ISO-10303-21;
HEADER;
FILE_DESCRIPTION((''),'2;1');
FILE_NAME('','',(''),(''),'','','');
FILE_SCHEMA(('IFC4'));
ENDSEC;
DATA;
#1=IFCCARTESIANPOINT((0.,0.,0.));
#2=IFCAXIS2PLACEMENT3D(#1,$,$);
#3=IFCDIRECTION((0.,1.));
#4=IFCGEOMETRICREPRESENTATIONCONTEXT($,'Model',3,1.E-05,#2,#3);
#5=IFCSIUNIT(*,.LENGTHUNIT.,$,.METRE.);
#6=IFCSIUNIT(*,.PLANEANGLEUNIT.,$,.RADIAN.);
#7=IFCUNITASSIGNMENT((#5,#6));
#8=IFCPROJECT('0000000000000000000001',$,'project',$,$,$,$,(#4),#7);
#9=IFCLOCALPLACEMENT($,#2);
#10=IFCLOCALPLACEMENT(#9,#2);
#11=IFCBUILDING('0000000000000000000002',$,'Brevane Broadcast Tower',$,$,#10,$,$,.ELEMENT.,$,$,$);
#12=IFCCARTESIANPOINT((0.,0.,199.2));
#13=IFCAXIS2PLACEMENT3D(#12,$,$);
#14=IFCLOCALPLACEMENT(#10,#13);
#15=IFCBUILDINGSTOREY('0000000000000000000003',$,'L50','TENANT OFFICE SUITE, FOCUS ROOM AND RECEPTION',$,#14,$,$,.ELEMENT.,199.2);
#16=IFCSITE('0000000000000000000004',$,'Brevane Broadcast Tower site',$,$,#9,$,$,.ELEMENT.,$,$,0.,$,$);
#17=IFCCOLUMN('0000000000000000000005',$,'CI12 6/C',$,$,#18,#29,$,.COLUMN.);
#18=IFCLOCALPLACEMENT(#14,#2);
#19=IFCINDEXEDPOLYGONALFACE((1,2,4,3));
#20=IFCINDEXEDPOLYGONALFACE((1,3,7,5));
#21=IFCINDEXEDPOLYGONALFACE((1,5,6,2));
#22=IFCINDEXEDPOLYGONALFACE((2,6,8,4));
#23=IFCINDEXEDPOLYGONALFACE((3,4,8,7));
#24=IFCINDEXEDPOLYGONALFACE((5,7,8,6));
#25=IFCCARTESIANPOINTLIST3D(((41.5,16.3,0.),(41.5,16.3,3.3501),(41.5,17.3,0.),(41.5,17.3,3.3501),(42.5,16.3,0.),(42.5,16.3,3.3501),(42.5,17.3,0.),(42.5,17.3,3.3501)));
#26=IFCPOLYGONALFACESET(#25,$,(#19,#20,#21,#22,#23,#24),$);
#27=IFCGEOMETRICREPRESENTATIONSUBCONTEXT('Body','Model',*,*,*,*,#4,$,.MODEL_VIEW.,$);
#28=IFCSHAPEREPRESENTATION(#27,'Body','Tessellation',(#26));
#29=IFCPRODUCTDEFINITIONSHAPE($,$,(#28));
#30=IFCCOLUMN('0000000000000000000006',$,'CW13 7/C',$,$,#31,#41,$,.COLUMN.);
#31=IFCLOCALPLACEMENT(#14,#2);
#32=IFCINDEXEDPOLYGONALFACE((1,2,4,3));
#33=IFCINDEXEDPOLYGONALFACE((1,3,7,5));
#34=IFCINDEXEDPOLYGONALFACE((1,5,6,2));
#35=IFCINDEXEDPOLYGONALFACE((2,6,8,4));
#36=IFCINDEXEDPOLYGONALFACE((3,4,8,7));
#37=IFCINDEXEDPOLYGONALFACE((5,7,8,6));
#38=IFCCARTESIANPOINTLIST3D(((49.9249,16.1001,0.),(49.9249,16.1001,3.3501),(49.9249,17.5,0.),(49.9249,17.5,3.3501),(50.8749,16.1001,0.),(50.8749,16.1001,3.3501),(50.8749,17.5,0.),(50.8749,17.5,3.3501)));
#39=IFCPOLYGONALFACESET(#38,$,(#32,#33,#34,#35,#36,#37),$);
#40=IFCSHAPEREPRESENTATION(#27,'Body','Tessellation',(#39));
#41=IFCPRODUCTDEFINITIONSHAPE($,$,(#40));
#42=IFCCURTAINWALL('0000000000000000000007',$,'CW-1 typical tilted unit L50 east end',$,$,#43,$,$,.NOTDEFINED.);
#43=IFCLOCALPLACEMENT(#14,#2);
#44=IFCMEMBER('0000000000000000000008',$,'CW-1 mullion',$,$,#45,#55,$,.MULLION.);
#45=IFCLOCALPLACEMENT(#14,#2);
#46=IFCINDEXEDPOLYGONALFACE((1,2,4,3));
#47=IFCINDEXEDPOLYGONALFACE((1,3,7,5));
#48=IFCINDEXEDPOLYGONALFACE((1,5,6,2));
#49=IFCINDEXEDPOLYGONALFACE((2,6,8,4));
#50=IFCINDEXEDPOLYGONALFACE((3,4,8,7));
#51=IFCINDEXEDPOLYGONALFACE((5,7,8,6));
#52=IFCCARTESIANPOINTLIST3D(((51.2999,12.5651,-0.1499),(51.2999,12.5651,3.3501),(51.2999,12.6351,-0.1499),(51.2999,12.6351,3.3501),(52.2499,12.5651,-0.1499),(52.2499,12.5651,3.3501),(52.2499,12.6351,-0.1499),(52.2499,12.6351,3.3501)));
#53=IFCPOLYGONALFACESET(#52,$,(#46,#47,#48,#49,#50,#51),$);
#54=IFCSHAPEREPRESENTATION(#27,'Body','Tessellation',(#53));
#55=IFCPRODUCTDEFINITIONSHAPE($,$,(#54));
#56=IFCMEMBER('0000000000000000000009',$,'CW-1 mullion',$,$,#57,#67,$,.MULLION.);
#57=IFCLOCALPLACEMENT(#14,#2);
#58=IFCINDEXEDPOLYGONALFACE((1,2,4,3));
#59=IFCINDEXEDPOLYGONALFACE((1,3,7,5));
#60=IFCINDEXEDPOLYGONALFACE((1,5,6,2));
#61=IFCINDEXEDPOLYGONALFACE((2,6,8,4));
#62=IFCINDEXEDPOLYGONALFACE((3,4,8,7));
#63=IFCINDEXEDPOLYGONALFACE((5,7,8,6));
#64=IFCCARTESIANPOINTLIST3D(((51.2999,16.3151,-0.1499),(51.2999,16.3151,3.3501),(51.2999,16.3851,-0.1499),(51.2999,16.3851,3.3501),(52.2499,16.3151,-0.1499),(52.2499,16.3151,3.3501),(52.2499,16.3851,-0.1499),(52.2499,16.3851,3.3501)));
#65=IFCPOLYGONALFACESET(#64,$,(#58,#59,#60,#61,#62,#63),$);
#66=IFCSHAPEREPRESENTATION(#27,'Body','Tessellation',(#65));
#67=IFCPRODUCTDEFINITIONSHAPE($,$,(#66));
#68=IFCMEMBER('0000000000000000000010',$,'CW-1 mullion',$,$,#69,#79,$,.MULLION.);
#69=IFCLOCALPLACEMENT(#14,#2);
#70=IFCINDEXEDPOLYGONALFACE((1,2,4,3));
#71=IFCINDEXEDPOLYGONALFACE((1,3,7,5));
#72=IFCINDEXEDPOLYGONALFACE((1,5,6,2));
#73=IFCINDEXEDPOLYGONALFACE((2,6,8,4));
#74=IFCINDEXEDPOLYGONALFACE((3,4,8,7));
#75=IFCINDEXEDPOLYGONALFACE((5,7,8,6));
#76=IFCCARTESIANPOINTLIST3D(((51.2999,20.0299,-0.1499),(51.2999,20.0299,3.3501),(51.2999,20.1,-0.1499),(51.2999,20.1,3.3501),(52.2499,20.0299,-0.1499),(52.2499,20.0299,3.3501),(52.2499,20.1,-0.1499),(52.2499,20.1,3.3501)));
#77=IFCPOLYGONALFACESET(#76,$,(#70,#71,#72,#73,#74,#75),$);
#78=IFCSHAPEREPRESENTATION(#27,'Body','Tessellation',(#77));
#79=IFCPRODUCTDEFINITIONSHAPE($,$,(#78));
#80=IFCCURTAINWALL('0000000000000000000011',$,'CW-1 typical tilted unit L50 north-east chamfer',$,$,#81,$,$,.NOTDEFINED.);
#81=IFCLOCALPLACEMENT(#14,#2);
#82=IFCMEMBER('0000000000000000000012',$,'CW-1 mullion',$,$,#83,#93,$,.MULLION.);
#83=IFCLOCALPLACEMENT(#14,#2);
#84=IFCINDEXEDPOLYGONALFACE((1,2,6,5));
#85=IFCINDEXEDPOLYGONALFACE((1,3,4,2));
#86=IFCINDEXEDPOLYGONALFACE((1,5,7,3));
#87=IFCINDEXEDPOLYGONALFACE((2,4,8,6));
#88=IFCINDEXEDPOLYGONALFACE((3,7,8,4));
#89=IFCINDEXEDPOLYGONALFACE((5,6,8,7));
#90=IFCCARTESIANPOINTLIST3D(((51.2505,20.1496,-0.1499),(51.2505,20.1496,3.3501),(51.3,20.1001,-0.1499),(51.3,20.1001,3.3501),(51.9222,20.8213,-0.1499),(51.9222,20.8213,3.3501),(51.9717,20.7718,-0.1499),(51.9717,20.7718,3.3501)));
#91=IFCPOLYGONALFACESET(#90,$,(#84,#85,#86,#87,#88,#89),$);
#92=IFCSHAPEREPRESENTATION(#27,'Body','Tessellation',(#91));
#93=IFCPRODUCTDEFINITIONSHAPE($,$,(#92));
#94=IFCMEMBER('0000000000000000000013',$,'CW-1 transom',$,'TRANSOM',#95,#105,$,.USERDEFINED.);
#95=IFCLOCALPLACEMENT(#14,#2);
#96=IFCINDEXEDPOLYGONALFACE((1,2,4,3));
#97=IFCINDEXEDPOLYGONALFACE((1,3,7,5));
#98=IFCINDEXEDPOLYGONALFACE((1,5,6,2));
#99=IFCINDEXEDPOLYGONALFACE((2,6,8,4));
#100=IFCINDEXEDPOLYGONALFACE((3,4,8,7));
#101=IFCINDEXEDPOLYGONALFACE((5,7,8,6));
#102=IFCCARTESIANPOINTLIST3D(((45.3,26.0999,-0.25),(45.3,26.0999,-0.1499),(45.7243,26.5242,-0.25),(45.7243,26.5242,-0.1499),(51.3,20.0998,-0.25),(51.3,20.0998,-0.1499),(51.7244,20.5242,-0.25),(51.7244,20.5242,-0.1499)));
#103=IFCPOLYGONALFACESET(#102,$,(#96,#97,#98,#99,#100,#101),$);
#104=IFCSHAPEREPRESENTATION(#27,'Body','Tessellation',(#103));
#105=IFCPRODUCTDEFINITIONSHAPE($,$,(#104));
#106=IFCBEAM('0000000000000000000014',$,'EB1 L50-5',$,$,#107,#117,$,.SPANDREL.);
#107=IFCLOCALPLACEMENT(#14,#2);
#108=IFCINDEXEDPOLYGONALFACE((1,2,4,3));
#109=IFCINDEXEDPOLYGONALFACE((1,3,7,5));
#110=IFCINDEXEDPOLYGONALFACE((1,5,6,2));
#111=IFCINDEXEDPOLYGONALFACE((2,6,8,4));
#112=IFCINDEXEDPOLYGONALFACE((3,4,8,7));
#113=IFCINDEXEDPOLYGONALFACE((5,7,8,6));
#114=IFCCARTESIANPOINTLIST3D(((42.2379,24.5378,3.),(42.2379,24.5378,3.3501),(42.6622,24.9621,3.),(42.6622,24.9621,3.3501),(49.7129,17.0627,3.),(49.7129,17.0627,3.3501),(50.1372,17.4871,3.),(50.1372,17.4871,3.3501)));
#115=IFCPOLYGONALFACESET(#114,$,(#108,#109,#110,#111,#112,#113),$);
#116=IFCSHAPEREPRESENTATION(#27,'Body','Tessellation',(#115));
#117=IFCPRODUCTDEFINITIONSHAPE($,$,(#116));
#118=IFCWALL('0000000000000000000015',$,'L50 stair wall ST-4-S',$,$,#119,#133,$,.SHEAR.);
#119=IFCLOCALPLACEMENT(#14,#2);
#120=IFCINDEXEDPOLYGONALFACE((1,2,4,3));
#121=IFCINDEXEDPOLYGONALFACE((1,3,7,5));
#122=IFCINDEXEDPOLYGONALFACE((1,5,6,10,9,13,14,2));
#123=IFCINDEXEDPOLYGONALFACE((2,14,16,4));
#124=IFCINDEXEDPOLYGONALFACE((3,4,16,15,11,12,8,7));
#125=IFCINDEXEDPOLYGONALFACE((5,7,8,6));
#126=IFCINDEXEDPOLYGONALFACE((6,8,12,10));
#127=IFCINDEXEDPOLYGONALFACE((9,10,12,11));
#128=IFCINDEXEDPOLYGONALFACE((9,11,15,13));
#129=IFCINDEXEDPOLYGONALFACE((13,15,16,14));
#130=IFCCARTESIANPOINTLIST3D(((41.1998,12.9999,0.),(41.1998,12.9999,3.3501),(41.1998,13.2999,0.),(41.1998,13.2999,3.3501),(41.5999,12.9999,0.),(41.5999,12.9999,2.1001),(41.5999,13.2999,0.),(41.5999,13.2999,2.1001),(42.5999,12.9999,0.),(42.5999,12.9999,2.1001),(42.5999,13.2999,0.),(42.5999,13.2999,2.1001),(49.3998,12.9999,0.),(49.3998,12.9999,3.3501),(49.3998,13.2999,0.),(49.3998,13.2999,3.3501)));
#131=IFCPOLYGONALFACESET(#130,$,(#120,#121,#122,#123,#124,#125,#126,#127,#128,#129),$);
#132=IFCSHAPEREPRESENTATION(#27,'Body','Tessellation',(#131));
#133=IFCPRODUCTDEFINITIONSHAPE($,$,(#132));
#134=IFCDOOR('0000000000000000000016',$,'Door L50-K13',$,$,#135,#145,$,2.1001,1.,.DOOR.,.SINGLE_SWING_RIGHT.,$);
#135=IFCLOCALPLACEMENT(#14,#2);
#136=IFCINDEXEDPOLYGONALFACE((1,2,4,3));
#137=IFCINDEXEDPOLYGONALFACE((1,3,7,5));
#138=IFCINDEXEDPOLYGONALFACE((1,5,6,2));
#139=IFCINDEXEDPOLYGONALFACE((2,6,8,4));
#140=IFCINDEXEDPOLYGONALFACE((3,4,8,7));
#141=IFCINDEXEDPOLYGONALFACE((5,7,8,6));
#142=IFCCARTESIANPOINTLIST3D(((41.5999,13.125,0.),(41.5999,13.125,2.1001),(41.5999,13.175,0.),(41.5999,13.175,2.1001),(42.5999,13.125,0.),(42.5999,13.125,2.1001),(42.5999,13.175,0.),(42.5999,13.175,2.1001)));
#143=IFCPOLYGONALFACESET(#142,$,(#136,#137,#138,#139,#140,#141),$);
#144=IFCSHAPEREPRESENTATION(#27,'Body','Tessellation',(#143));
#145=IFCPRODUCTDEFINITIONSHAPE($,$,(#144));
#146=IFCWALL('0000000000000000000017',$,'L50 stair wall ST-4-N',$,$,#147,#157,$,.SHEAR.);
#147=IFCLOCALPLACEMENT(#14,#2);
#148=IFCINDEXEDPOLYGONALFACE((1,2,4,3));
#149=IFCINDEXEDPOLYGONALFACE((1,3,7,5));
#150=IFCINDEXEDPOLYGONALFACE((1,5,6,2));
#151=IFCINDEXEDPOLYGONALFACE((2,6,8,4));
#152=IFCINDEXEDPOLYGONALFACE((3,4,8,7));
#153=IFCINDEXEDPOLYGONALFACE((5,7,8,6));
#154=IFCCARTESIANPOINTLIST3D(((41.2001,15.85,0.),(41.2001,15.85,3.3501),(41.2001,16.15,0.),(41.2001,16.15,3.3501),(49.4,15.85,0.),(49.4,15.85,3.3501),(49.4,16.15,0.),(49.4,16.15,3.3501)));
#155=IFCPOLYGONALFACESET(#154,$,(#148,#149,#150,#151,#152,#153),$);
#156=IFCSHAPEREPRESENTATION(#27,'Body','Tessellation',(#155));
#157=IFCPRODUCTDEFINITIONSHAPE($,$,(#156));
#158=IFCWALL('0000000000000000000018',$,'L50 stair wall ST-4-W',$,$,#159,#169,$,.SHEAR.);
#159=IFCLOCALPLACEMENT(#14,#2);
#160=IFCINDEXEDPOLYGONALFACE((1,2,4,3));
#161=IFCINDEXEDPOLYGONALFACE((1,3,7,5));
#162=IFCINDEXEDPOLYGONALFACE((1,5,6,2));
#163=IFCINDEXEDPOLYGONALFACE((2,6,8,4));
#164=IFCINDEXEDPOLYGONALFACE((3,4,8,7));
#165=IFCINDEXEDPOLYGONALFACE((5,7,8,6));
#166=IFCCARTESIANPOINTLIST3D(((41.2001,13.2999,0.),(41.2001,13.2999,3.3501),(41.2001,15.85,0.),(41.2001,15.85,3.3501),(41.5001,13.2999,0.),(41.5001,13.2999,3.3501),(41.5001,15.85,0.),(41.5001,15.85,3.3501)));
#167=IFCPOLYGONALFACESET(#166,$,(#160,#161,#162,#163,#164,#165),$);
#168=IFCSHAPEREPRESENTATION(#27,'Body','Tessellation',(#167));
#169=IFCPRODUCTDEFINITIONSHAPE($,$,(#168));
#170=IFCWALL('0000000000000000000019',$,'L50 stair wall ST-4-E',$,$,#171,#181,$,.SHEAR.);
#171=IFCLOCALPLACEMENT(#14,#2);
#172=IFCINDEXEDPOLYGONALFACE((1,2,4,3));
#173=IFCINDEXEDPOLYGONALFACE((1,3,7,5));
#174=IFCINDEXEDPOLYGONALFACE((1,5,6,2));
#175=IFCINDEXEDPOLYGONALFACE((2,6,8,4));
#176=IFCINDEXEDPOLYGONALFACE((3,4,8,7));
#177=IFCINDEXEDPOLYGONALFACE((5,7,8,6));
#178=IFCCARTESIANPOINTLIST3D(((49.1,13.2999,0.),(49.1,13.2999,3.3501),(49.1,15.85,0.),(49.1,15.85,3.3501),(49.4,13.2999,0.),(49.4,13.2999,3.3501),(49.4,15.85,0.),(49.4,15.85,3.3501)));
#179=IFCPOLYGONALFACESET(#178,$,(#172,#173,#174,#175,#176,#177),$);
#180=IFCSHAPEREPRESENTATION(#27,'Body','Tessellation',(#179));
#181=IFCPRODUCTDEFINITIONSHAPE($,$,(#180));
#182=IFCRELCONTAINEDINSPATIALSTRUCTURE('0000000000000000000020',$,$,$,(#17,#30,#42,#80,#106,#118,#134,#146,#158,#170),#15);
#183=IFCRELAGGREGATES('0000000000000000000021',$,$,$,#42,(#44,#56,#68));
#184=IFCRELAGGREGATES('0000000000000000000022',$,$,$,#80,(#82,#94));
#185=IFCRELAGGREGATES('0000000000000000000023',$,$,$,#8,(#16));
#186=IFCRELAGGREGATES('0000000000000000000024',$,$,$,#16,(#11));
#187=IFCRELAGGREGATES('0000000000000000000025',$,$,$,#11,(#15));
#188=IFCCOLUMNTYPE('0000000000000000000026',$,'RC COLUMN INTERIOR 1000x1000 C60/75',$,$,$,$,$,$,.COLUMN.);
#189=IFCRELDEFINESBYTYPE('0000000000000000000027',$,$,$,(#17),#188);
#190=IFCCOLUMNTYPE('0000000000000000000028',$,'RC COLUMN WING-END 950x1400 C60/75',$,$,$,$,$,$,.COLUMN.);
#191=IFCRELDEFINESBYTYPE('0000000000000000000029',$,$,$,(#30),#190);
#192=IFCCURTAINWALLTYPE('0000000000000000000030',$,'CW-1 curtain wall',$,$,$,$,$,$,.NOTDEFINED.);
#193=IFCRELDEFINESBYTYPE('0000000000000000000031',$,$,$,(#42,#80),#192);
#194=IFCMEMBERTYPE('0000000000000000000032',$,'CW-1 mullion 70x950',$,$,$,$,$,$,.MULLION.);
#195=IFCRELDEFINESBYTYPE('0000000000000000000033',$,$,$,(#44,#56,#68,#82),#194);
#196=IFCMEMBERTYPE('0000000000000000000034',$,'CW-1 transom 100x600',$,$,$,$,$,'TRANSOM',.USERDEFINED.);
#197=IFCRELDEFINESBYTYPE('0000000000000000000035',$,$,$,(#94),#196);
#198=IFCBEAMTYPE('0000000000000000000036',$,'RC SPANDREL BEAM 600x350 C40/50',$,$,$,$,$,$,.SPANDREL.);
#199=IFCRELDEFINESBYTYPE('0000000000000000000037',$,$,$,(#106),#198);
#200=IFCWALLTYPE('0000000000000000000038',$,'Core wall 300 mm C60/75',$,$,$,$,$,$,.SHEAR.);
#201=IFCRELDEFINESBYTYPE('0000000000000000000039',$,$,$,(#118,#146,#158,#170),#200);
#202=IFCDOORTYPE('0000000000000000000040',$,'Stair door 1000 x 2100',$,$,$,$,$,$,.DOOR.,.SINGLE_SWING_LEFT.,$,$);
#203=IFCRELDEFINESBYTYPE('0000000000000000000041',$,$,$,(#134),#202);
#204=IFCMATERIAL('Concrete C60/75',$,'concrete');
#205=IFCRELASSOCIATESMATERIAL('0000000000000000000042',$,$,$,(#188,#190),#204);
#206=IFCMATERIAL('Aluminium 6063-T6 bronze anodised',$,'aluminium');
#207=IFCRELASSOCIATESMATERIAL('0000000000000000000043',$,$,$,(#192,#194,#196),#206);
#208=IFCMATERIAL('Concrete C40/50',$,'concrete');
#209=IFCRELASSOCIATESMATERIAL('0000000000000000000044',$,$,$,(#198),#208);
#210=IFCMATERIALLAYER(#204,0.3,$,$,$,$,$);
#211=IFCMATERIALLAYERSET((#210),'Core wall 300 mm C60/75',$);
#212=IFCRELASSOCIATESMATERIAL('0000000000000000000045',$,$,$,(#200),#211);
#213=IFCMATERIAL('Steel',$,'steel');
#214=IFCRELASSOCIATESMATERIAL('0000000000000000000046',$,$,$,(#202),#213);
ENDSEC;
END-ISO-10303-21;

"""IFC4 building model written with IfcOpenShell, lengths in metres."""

from ifc_helpers import new_model, si_unit, direction, frame, frame_2d, origin, origin_2d, place, context, subcontext, project, spatial, rectangle, extrude, material, layer, layer_set, material_profile, profile_set, type_object, element, fill, aggregate, save


model = new_model("IFC4")

# Units and contexts
model_context = context("Model", 3, precision=1e-05, world=origin(), true_north=direction((0.0, 1.0)))
body_context = subcontext(model_context, "Body", "Model", "MODEL_VIEW")
ifc_project = project(units=[si_unit("LENGTHUNIT", "METRE"), si_unit("PLANEANGLEUNIT", "RADIAN")], contexts=[model_context])

# Site, building, storey
site_placement = place(None, origin())
site = spatial("IfcSite", under=ifc_project, at=site_placement, Name="Brevane Broadcast Tower site", CompositionType="ELEMENT", RefElevation=0.0)
building_placement = place(site_placement, origin())
building = spatial("IfcBuilding", under=site, at=building_placement, Name="Brevane Broadcast Tower", CompositionType="ELEMENT")
storey_placement = place(building_placement, frame((0.0, 0.0, 199.2)))
storey = spatial("IfcBuildingStorey", under=building, at=storey_placement, Name="L50", Description="TENANT OFFICE SUITE, FOCUS ROOM AND RECEPTION", CompositionType="ELEMENT", Elevation=199.2)

# Columns
ifc_material_1 = material(Name="Concrete C60/75", Category="concrete")
ifc_material_profile_1 = material_profile(ifc_material_1, rectangle(XDim=1.0, YDim=1.0, at=origin_2d()), Name="RC 1000x1000")
ifc_profile_set_1 = profile_set([ifc_material_profile_1], Name="Concrete C60/75")
column_type_1 = type_object("IfcColumnType", Name="RC COLUMN INTERIOR 1000x1000 C60/75", PredefinedType="COLUMN", material=ifc_profile_set_1)
column_1_placement = place(storey_placement, frame((42.0, 16.8, 0.0), z_axis=(0.0, 0.0, 1.0), x_axis=(1.0, 0.0, 0.0)))
element("IfcColumn", 1, at=column_1_placement, inside=storey, type_object=column_type_1, Name="CI12 6/C", PredefinedType="COLUMN", context=body_context, shape_type="SweptSolid", body=[
    extrude(rectangle(XDim=1.0, YDim=1.0, at=origin_2d()), origin(), (0.0, 0.0, 1.0), 3.3501),
])
ifc_material_profile_2 = material_profile(ifc_material_1, rectangle(XDim=0.95, YDim=1.3999, at=origin_2d()), Name="RC 950x1400")
ifc_profile_set_2 = profile_set([ifc_material_profile_2], Name="Concrete C60/75")
column_type_2 = type_object("IfcColumnType", Name="RC COLUMN WING-END 950x1400 C60/75", PredefinedType="COLUMN", material=ifc_profile_set_2)
column_2_placement = place(storey_placement, frame((50.3999, 16.8, 0.0), z_axis=(0.0, 0.0, 1.0), x_axis=(1.0, 0.0, 0.0)))
element("IfcColumn", 2, at=column_2_placement, inside=storey, type_object=column_type_2, Name="CW13 7/C", PredefinedType="COLUMN", context=body_context, shape_type="SweptSolid", body=[
    extrude(rectangle(XDim=0.95, YDim=1.3999, at=origin_2d()), origin(), (0.0, 0.0, 1.0), 3.3501),
])

# Curtain walls, members
ifc_material_2 = material(Name="Aluminium 6063-T6 bronze anodised", Category="aluminium")
curtain_wall_type = type_object("IfcCurtainWallType", Name="CW-1 curtain wall", PredefinedType="NOTDEFINED", material=ifc_material_2)
curtain_wall_1_placement = place(storey_placement, origin())
curtain_wall_1 = element("IfcCurtainWall", 3, at=curtain_wall_1_placement, inside=storey, type_object=curtain_wall_type, Name="CW-1 typical tilted unit L50 east end", PredefinedType="NOTDEFINED")
ifc_material_profile_3 = material_profile(ifc_material_2, rectangle(XDim=0.95, YDim=0.0701, at=origin_2d()), Name="RECT 70x950")
ifc_profile_set_3 = profile_set([ifc_material_profile_3], Name="Aluminium 6063-T6 bronze anodised")
member_type_1 = type_object("IfcMemberType", Name="CW-1 mullion 70x950", PredefinedType="MULLION", material=ifc_profile_set_3)
member_1_placement = place(storey_placement, frame((51.7749, 12.6001, -0.1499), z_axis=(0.0, 0.0, 1.0), x_axis=(-1.0, 0.0, 0.0)))
member_1 = element("IfcMember", 4, at=member_1_placement, type_object=member_type_1, Name="CW-1 mullion", PredefinedType="MULLION", context=body_context, shape_type="SweptSolid", body=[
    extrude(rectangle(XDim=0.95, YDim=0.0701, at=origin_2d()), origin(), (0.0, 0.0, 1.0), 3.5),
])
member_2_placement = place(storey_placement, frame((51.7749, 16.3501, -0.1499), z_axis=(0.0, 0.0, 1.0), x_axis=(-1.0, 0.0, 0.0)))
member_2 = element("IfcMember", 5, at=member_2_placement, type_object=member_type_1, Name="CW-1 mullion", PredefinedType="MULLION", context=body_context, shape_type="SweptSolid", body=[
    extrude(rectangle(XDim=0.95, YDim=0.0701, at=origin_2d()), origin(), (0.0, 0.0, 1.0), 3.5),
])
member_3_placement = place(storey_placement, frame((51.7749, 20.0649, -0.1499), z_axis=(0.0, 0.0, 1.0), x_axis=(-1.0, 0.0, 0.0)))
member_3 = element("IfcMember", 6, at=member_3_placement, type_object=member_type_1, Name="CW-1 mullion", PredefinedType="MULLION", context=body_context, shape_type="SweptSolid", body=[
    extrude(rectangle(XDim=0.95, YDim=0.0701, at=origin_2d()), origin(), (0.0, 0.0, 1.0), 3.5),
])
aggregate(curtain_wall_1, [member_1, member_2, member_3])
curtain_wall_2_placement = place(storey_placement, origin())
curtain_wall_2 = element("IfcCurtainWall", 7, at=curtain_wall_2_placement, inside=storey, type_object=curtain_wall_type, Name="CW-1 typical tilted unit L50 north-east chamfer", PredefinedType="NOTDEFINED")
member_4_placement = place(storey_placement, frame((51.6111, 20.4607, -0.1499), z_axis=(0.0, 0.0, 1.0), x_axis=(-0.707107, -0.707107, 0.0)))
member_4 = element("IfcMember", 8, at=member_4_placement, type_object=member_type_1, Name="CW-1 mullion", PredefinedType="MULLION", context=body_context, shape_type="SweptSolid", body=[
    extrude(rectangle(XDim=0.95, YDim=0.0701, at=origin_2d()), origin(), (0.0, 0.0, 1.0), 3.5),
])
ifc_material_profile_4 = material_profile(ifc_material_2, rectangle(XDim=0.6001, YDim=0.1001, at=origin_2d()), Name="RECT 100x600")
ifc_profile_set_4 = profile_set([ifc_material_profile_4], Name="Aluminium 6063-T6 bronze anodised")
member_type_2 = type_object("IfcMemberType", Name="CW-1 transom 100x600", ElementType="TRANSOM", PredefinedType="USERDEFINED", material=ifc_profile_set_4)
member_5_placement = place(storey_placement, frame((51.5122, 20.312, -0.2), z_axis=(-0.707107, 0.707107, 0.0), x_axis=(-0.707107, -0.707107, 0.0)))
member_5 = element("IfcMember", 9, at=member_5_placement, type_object=member_type_2, Name="CW-1 transom", ObjectType="TRANSOM", PredefinedType="USERDEFINED", context=body_context, shape_type="SweptSolid", body=[
    extrude(rectangle(XDim=0.6001, YDim=0.1001, at=origin_2d()), origin(), (0.0, 0.0, 1.0), 8.4854),
])
aggregate(curtain_wall_2, [member_4, member_5])

# Beam
ifc_material_3 = material(Name="Concrete C40/50", Category="concrete")
ifc_material_profile_5 = material_profile(ifc_material_3, rectangle(XDim=0.6001, YDim=0.3501, at=origin_2d()), Name="RC 600x350")
ifc_profile_set_5 = profile_set([ifc_material_profile_5], Name="Concrete C40/50")
beam_type = type_object("IfcBeamType", Name="RC SPANDREL BEAM 600x350 C40/50", PredefinedType="SPANDREL", material=ifc_profile_set_5)
beam_placement = place(storey_placement, frame((49.925, 17.2749, 3.175), z_axis=(-0.707107, 0.707107, 0.0), x_axis=(-0.707107, -0.707107, 0.0)))
element("IfcBeam", 10, at=beam_placement, inside=storey, type_object=beam_type, Name="EB1 L50-5", PredefinedType="SPANDREL", context=body_context, shape_type="SweptSolid", body=[
    extrude(rectangle(XDim=0.6001, YDim=0.3501, at=origin_2d()), origin(), (0.0, 0.0, 1.0), 10.5713),
])

# Wall, opening, door
ifc_layer_1 = layer(ifc_material_1, 0.3)
ifc_layer_set_1 = layer_set([ifc_layer_1], Name="Core wall 300 mm C60/75")
wall_type_1 = type_object("IfcWallType", Name="Core wall 300 mm C60/75", PredefinedType="SHEAR", material=ifc_layer_set_1)
wall_1_placement = place(storey_placement, frame((49.3999, 13.1499, 0.0), z_axis=(0.0, 0.0, 1.0), x_axis=(-1.0, 0.0, 0.0)))
wall_1 = element("IfcWall", 11, at=wall_1_placement, inside=storey, type_object=wall_type_1, Name="L50 stair wall ST-4-S", PredefinedType="SHEAR", context=body_context, shape_type="SweptSolid", body=[
    extrude(rectangle(XDim=8.2, YDim=0.3, at=frame_2d((4.1001, 0.0))), origin(), (0.0, 0.0, 1.0), 3.3501),
])
opening_1_placement = place(wall_1_placement, frame((6.8, 0.0, 0.0)))
opening_1 = element("IfcOpeningElement", 12, at=opening_1_placement, cuts=wall_1, PredefinedType="OPENING", context=body_context, shape_type="SweptSolid", body=[
    extrude(rectangle(XDim=1.0, YDim=2.1001, at=frame_2d((0.5, 1.05))), frame((0.0, 0.1599, 0.0), z_axis=(0.0, -1.0, 0.0), x_axis=(1.0, 0.0, 0.0)), (0.0, 0.0, 1.0), 0.3201),
])
ifc_material_4 = material(Name="Steel", Category="steel")
door_type_1 = type_object("IfcDoorType", Name="Stair door 1000 x 2100", OperationType="SINGLE_SWING_LEFT", PredefinedType="DOOR", material=ifc_material_4)
door_1_placement = place(opening_1_placement, origin())
door_1 = element("IfcDoor", 13, at=door_1_placement, inside=storey, type_object=door_type_1, Name="Door L50-K13", OperationType="SINGLE_SWING_RIGHT", OverallHeight=2.1001, OverallWidth=1.0, PredefinedType="DOOR", context=body_context, shape_type="SweptSolid", body=[
    extrude(rectangle(XDim=1.0, YDim=2.1001, at=frame_2d((0.5, 1.05))), frame((0.0, 0.0249, 0.0), z_axis=(0.0, -1.0, 0.0), x_axis=(1.0, 0.0, 0.0)), (0.0, 0.0, 1.0), 0.05),
])
fill(opening_1, door_1)

# Walls
wall_2_placement = place(storey_placement, frame((41.2, 16.0, 0.0), z_axis=(0.0, 0.0, 1.0), x_axis=(1.0, 0.0, 0.0)))
element("IfcWall", 14, at=wall_2_placement, inside=storey, type_object=wall_type_1, Name="L50 stair wall ST-4-N", PredefinedType="SHEAR", context=body_context, shape_type="SweptSolid", body=[
    extrude(rectangle(XDim=8.2, YDim=0.3, at=frame_2d((4.1001, 0.0))), origin(), (0.0, 0.0, 1.0), 3.3501),
])
for number, where, z_axis, x_axis, name in (
    (15, (41.3501, 13.3, 0.0), (0.0, 0.0, 1.0), (0.0, 1.0, 0.0), "L50 stair wall ST-4-W"),
    (16, (49.25, 13.3, 0.0), (0.0, 0.0, 1.0), (0.0, 1.0, 0.0), "L50 stair wall ST-4-E"),
):
    element("IfcWall", number, at=place(storey_placement, frame(where, z_axis=z_axis, x_axis=x_axis)), inside=storey, type_object=wall_type_1, Name=name, PredefinedType="SHEAR", context=body_context, shape_type="SweptSolid", body=[
        extrude(rectangle(XDim=2.55, YDim=0.3, at=frame_2d((1.2749, 0.0))), origin(), (0.0, 0.0, 1.0), 3.3501),
    ])

save(model, "model.ifc")
